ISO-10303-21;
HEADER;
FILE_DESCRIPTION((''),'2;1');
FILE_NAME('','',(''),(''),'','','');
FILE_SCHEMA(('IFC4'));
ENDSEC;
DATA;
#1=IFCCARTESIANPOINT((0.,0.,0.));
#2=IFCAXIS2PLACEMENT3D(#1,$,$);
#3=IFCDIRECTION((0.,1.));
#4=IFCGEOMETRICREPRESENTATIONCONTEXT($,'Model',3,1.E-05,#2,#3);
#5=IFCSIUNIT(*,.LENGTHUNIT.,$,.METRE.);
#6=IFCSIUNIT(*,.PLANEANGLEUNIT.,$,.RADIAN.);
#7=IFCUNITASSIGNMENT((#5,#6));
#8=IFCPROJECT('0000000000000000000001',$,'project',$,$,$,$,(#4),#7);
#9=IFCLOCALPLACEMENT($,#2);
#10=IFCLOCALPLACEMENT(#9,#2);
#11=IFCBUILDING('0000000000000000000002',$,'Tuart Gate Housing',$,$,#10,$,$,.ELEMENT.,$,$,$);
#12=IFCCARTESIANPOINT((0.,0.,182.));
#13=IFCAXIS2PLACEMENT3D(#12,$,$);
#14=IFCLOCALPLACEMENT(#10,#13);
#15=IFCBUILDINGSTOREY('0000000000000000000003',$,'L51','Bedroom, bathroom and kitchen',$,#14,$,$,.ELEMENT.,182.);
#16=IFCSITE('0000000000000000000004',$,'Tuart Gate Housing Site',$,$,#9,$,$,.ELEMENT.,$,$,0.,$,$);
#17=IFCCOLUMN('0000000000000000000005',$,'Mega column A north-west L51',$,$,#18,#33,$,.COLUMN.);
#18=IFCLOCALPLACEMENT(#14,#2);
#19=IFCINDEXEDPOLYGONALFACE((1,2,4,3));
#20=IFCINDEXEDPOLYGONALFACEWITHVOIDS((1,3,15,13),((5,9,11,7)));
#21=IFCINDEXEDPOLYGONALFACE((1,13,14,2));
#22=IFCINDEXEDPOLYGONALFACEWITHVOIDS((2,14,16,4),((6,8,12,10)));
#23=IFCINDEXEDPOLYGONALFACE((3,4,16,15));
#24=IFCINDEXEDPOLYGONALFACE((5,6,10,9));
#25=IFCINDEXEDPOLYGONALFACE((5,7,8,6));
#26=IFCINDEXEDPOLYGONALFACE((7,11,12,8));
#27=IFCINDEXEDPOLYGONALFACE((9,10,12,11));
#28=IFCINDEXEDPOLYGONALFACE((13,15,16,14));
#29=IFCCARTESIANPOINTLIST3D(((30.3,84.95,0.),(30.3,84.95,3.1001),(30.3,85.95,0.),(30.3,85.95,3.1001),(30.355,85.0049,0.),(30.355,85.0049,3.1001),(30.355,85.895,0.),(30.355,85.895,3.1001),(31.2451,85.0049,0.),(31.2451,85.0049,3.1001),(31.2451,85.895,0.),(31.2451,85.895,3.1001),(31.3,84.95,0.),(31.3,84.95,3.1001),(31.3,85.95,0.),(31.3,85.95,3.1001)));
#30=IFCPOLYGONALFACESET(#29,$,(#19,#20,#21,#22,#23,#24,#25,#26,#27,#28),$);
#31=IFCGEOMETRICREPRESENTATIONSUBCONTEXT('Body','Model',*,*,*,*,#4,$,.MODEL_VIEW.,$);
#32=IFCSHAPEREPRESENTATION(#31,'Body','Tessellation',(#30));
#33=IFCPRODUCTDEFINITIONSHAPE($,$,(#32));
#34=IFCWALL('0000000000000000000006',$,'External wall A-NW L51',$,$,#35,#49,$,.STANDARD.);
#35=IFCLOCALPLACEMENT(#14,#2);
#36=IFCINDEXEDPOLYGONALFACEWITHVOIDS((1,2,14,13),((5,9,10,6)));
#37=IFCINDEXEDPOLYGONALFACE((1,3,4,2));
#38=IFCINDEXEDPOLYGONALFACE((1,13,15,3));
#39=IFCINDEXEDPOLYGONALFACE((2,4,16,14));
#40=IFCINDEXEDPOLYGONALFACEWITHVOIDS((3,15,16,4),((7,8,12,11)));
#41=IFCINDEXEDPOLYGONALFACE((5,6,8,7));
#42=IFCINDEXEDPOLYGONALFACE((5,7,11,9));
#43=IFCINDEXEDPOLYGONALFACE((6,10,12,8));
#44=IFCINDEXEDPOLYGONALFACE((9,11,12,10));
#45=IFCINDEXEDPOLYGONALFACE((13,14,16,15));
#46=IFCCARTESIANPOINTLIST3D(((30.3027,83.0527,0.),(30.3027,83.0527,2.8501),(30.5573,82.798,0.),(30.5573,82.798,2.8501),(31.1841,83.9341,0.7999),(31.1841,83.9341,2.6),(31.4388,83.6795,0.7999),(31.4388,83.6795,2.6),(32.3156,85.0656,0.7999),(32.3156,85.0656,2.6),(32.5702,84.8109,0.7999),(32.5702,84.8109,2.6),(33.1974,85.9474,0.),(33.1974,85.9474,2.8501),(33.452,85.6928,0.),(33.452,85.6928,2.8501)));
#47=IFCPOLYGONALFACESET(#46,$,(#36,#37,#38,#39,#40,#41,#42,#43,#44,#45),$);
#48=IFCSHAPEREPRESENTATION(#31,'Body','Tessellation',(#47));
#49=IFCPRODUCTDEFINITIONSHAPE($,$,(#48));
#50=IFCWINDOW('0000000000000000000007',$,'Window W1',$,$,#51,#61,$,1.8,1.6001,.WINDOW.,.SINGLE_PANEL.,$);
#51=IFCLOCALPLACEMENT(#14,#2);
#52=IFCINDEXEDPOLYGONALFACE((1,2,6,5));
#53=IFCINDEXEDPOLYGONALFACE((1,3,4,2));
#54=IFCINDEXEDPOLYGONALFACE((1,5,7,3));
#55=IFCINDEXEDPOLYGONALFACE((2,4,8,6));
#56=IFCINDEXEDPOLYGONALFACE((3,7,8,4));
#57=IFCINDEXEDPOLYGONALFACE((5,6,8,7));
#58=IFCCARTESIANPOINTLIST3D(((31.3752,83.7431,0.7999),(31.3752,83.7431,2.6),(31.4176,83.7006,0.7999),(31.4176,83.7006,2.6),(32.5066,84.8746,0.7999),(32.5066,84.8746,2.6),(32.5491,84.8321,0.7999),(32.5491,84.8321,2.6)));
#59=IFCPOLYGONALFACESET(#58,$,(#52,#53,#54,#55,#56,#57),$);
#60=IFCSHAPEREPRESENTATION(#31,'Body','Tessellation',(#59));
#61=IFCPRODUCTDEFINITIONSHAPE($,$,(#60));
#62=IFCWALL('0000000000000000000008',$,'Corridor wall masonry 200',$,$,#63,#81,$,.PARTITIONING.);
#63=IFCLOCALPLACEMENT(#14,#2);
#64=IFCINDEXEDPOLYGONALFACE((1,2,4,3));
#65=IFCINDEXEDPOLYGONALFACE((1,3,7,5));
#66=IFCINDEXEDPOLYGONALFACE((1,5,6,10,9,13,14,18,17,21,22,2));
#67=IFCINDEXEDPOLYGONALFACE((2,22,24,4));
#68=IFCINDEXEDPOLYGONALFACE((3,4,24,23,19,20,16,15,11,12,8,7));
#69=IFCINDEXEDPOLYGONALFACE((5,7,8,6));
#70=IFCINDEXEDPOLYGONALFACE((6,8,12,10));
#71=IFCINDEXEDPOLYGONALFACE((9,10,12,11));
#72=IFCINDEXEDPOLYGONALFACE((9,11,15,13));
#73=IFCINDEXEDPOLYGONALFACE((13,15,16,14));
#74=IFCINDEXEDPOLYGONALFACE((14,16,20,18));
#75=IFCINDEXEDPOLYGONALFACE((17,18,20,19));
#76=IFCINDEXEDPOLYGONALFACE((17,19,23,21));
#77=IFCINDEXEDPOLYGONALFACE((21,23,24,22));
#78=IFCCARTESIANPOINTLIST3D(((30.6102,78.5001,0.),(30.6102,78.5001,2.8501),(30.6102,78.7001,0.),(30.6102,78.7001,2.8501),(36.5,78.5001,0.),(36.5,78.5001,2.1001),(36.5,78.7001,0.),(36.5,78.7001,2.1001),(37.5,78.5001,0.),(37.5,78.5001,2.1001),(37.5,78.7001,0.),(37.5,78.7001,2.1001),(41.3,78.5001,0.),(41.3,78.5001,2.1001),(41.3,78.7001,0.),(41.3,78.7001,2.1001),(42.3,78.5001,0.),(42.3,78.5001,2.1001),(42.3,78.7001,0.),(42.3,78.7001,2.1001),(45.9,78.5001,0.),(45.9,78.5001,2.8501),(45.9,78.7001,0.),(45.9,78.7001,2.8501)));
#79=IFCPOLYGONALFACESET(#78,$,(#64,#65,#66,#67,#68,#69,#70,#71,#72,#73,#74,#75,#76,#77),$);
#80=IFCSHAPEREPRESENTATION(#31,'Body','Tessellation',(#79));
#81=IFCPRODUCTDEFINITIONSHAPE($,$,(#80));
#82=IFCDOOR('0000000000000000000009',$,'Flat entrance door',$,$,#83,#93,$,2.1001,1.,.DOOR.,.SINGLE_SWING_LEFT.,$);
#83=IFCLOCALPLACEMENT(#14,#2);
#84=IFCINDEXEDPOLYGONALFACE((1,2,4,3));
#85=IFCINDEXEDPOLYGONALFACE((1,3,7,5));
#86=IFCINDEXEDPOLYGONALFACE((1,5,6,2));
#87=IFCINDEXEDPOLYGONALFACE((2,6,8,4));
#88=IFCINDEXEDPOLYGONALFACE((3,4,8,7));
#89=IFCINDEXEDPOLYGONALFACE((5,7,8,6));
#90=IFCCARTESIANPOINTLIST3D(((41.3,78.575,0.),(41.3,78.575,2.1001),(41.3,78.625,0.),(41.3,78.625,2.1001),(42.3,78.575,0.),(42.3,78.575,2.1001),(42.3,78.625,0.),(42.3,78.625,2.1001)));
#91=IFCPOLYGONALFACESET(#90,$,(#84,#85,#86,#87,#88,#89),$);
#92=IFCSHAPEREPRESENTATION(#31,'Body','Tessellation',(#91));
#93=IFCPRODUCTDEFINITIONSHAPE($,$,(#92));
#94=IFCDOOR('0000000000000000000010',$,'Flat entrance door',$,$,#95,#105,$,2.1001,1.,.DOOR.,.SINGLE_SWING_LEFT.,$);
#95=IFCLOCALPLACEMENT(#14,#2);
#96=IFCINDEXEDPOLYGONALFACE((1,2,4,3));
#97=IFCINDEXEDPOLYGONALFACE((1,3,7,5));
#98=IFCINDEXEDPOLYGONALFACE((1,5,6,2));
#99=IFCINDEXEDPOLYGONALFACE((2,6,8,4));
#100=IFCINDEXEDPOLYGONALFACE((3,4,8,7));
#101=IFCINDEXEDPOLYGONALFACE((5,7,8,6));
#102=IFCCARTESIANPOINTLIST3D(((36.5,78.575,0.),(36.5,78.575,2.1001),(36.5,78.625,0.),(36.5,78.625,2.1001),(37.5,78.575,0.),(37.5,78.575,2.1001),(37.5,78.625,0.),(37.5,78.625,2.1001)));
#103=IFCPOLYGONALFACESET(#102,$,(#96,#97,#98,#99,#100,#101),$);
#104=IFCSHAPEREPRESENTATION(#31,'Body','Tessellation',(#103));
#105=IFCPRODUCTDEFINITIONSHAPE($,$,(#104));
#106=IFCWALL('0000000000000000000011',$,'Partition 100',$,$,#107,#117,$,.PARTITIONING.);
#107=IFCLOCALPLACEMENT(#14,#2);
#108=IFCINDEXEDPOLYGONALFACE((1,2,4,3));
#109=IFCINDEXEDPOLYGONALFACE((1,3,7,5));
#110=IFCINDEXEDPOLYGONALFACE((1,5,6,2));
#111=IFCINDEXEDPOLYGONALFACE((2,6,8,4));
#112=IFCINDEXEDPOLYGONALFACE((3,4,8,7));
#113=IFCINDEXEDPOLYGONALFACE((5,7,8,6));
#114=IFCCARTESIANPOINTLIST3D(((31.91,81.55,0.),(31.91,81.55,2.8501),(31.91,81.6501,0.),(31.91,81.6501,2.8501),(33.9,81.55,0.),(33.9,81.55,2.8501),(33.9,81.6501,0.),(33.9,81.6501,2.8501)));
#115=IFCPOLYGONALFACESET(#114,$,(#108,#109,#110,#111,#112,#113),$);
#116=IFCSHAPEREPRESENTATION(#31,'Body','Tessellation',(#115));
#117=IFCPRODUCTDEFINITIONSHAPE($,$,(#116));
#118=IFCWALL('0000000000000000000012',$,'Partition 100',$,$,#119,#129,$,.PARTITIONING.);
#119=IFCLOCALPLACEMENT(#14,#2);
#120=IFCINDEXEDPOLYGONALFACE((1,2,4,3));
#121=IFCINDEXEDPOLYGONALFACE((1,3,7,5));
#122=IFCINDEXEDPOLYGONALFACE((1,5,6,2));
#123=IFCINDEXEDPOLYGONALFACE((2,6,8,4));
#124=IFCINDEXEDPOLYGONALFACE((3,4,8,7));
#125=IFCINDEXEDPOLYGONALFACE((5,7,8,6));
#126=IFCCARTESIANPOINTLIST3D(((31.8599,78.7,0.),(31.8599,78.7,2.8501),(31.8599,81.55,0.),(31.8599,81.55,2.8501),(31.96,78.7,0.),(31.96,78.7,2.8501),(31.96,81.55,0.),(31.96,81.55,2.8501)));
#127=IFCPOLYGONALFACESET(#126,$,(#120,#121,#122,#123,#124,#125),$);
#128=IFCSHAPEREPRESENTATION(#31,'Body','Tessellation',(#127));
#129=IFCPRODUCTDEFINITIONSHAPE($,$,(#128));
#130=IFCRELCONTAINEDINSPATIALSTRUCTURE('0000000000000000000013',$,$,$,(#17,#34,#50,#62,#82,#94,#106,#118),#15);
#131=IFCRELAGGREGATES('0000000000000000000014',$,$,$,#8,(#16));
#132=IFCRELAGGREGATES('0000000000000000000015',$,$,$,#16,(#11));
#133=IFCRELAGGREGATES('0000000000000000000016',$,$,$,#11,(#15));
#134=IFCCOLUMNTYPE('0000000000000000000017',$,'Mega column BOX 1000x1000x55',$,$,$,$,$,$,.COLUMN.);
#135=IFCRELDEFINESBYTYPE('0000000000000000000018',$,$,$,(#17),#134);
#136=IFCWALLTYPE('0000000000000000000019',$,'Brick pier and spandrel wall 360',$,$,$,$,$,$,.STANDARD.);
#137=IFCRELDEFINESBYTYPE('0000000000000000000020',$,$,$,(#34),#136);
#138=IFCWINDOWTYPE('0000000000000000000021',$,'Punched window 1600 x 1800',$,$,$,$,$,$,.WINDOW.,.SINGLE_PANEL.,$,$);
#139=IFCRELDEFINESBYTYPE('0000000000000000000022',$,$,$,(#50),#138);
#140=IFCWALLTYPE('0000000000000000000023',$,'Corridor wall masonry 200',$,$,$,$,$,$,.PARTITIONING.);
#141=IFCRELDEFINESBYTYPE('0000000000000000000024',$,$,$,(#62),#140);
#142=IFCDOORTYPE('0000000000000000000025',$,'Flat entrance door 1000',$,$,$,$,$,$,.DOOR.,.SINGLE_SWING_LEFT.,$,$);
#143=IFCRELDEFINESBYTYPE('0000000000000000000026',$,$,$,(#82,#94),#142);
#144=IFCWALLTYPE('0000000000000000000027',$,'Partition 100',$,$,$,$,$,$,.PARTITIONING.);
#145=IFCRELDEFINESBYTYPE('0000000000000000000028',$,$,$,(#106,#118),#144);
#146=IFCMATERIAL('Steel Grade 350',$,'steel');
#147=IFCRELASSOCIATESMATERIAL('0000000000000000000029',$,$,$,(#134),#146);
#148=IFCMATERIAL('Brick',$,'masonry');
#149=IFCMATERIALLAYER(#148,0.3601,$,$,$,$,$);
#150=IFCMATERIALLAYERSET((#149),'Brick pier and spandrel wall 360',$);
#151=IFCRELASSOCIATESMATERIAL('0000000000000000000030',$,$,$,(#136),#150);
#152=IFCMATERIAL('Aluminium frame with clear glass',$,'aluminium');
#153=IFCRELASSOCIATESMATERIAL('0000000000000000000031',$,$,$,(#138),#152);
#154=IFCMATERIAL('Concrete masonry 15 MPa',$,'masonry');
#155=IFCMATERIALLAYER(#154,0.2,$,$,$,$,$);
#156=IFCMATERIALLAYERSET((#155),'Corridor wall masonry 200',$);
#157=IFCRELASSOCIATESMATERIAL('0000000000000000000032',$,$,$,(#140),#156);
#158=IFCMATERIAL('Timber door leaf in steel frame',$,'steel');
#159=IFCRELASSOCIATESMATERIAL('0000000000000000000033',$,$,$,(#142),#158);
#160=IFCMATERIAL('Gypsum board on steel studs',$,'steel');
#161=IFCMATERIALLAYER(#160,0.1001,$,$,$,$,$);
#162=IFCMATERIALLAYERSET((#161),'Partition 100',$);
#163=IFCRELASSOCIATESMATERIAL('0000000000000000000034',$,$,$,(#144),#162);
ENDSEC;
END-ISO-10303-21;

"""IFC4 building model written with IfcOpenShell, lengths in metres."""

from ifc_helpers import new_model, si_unit, direction, frame, frame_2d, origin, origin_2d, place, context, subcontext, project, spatial, rectangle, hollow_rectangle, extrude, material, layer, layer_set, material_profile, profile_set, type_object, element, fill, save


model = new_model("IFC4")

# Units and contexts
model_context = context("Model", 3, precision=1e-05, world=origin(), true_north=direction((0.0, 1.0)))
body_context = subcontext(model_context, "Body", "Model", "MODEL_VIEW")
ifc_project = project(units=[si_unit("LENGTHUNIT", "METRE"), si_unit("PLANEANGLEUNIT", "RADIAN")], contexts=[model_context])

# Site, building, storey
site_placement = place(None, origin())
site = spatial("IfcSite", under=ifc_project, at=site_placement, Name="Tuart Gate Housing Site", CompositionType="ELEMENT", RefElevation=0.0)
building_placement = place(site_placement, origin())
building = spatial("IfcBuilding", under=site, at=building_placement, Name="Tuart Gate Housing", CompositionType="ELEMENT")
storey_placement = place(building_placement, frame((0.0, 0.0, 182.0)))
storey = spatial("IfcBuildingStorey", under=building, at=storey_placement, Name="L51", Description="Bedroom, bathroom and kitchen", CompositionType="ELEMENT", Elevation=182.0)

# Column
ifc_material_1 = material(Name="Steel Grade 350", Category="steel")
ifc_material_profile = material_profile(ifc_material_1, hollow_rectangle(XDim=1.0, YDim=1.0, WallThickness=0.0549, at=origin_2d()), Name="BOX 1000x1000x55")
ifc_profile_set = profile_set([ifc_material_profile], Name="Steel Grade 350")
column_type = type_object("IfcColumnType", Name="Mega column BOX 1000x1000x55", PredefinedType="COLUMN", material=ifc_profile_set)
column_placement = place(storey_placement, frame((30.8, 85.45, 0.0), z_axis=(0.0, 0.0, 1.0), x_axis=(1.0, 0.0, 0.0)))
element("IfcColumn", 1, at=column_placement, inside=storey, type_object=column_type, Name="Mega column A north-west L51", PredefinedType="COLUMN", context=body_context, shape_type="SweptSolid", body=[
    extrude(hollow_rectangle(XDim=1.0, YDim=1.0, WallThickness=0.0549, at=origin_2d()), origin(), (0.0, 0.0, 1.0), 3.1001),
])

# Wall, opening, window
ifc_material_2 = material(Name="Brick", Category="masonry")
ifc_layer_1 = layer(ifc_material_2, 0.3601)
ifc_layer_set_1 = layer_set([ifc_layer_1], Name="Brick pier and spandrel wall 360")
wall_type_1 = type_object("IfcWallType", Name="Brick pier and spandrel wall 360", PredefinedType="STANDARD", material=ifc_layer_set_1)
wall_1_placement = place(storey_placement, frame((33.3247, 85.8201, 0.0), z_axis=(0.0, 0.0, 1.0), x_axis=(-0.707107, -0.707107, 0.0)))
wall_1 = element("IfcWall", 2, at=wall_1_placement, inside=storey, type_object=wall_type_1, Name="External wall A-NW L51", PredefinedType="STANDARD", context=body_context, shape_type="SweptSolid", body=[
    extrude(rectangle(XDim=4.0938, YDim=0.3601, at=frame_2d((2.0469, 0.0))), origin(), (0.0, 0.0, 1.0), 2.8501),
])
opening_1_placement = place(wall_1_placement, frame((1.2471, 0.0, 0.8)))
opening_1 = element("IfcOpeningElement", 3, at=opening_1_placement, cuts=wall_1, PredefinedType="OPENING", context=body_context, shape_type="SweptSolid", body=[
    extrude(rectangle(XDim=1.6001, YDim=1.8, at=frame_2d((0.8, 0.8999))), frame((0.0, 0.1899, 0.0), z_axis=(0.0, -1.0, 0.0), x_axis=(1.0, 0.0, 0.0)), (0.0, 0.0, 1.0), 0.3801),
])
ifc_material_3 = material(Name="Aluminium frame with clear glass", Category="aluminium")
window_type_1 = type_object("IfcWindowType", Name="Punched window 1600 x 1800", PartitioningType="SINGLE_PANEL", PredefinedType="WINDOW", material=ifc_material_3)
window_1_placement = place(opening_1_placement, origin())
window_1 = element("IfcWindow", 4, at=window_1_placement, inside=storey, type_object=window_type_1, Name="Window W1", OverallHeight=1.8, OverallWidth=1.6001, PartitioningType="SINGLE_PANEL", PredefinedType="WINDOW", context=body_context, shape_type="SweptSolid", body=[
    extrude(rectangle(XDim=1.6001, YDim=1.8, at=frame_2d((0.8, 0.8999))), frame((0.0, 0.1501, 0.0), z_axis=(0.0, -1.0, 0.0), x_axis=(1.0, 0.0, 0.0)), (0.0, 0.0, 1.0), 0.0601),
])
fill(opening_1, window_1)

# Wall, openings, doors
ifc_material_4 = material(Name="Concrete masonry 15 MPa", Category="masonry")
ifc_layer_2 = layer(ifc_material_4, 0.2)
ifc_layer_set_2 = layer_set([ifc_layer_2], Name="Corridor wall masonry 200")
wall_type_2 = type_object("IfcWallType", Name="Corridor wall masonry 200", PredefinedType="PARTITIONING", material=ifc_layer_set_2)
wall_2_placement = place(storey_placement, frame((30.6101, 78.6001, 0.0), z_axis=(0.0, 0.0, 1.0), x_axis=(1.0, 0.0, 0.0)))
wall_2 = element("IfcWall", 5, at=wall_2_placement, inside=storey, type_object=wall_type_2, Name="Corridor wall masonry 200", PredefinedType="PARTITIONING", context=body_context, shape_type="SweptSolid", body=[
    extrude(rectangle(XDim=15.2898, YDim=0.2, at=frame_2d((7.645, 0.0))), origin(), (0.0, 0.0, 1.0), 2.8501),
])
opening_2_placement = place(wall_2_placement, frame((10.6899, 0.0, 0.0)))
opening_2 = element("IfcOpeningElement", 6, at=opening_2_placement, cuts=wall_2, PredefinedType="OPENING", context=body_context, shape_type="SweptSolid", body=[
    extrude(rectangle(XDim=1.0, YDim=2.1001, at=frame_2d((0.5, 1.05))), frame((0.0, 0.1099, 0.0), z_axis=(0.0, -1.0, 0.0), x_axis=(1.0, 0.0, 0.0)), (0.0, 0.0, 1.0), 0.22),
])
opening_3_placement = place(wall_2_placement, frame((5.8899, 0.0, 0.0)))
opening_3 = element("IfcOpeningElement", 7, at=opening_3_placement, cuts=wall_2, PredefinedType="OPENING", context=body_context, shape_type="SweptSolid", body=[
    extrude(rectangle(XDim=1.0, YDim=2.1001, at=frame_2d((0.5, 1.05))), frame((0.0, 0.1099, 0.0), z_axis=(0.0, -1.0, 0.0), x_axis=(1.0, 0.0, 0.0)), (0.0, 0.0, 1.0), 0.22),
])
ifc_material_5 = material(Name="Timber door leaf in steel frame", Category="steel")
door_type = type_object("IfcDoorType", Name="Flat entrance door 1000", OperationType="SINGLE_SWING_LEFT", PredefinedType="DOOR", material=ifc_material_5)
door_1_placement = place(opening_2_placement, origin())
door_1 = element("IfcDoor", 8, at=door_1_placement, inside=storey, type_object=door_type, Name="Flat entrance door", OperationType="SINGLE_SWING_LEFT", OverallHeight=2.1001, OverallWidth=1.0, PredefinedType="DOOR", context=body_context, shape_type="SweptSolid", body=[
    extrude(rectangle(XDim=1.0, YDim=2.1001, at=frame_2d((0.5, 1.05))), frame((0.0, 0.0249, 0.0), z_axis=(0.0, -1.0, 0.0), x_axis=(1.0, 0.0, 0.0)), (0.0, 0.0, 1.0), 0.05),
])
fill(opening_2, door_1)
door_2_placement = place(opening_3_placement, origin())
door_2 = element("IfcDoor", 9, at=door_2_placement, inside=storey, type_object=door_type, Name="Flat entrance door", OperationType="SINGLE_SWING_LEFT", OverallHeight=2.1001, OverallWidth=1.0, PredefinedType="DOOR", context=body_context, shape_type="SweptSolid", body=[
    extrude(rectangle(XDim=1.0, YDim=2.1001, at=frame_2d((0.5, 1.05))), frame((0.0, 0.0249, 0.0), z_axis=(0.0, -1.0, 0.0), x_axis=(1.0, 0.0, 0.0)), (0.0, 0.0, 1.0), 0.05),
])
fill(opening_3, door_2)

# Walls
ifc_material_6 = material(Name="Gypsum board on steel studs", Category="steel")
ifc_layer_3 = layer(ifc_material_6, 0.1001)
ifc_layer_set_3 = layer_set([ifc_layer_3], Name="Partition 100")
wall_type_3 = type_object("IfcWallType", Name="Partition 100", PredefinedType="PARTITIONING", material=ifc_layer_set_3)
wall_3_placement = place(storey_placement, frame((31.9099, 81.6001, 0.0), z_axis=(0.0, 0.0, 1.0), x_axis=(1.0, 0.0, 0.0)))
element("IfcWall", 10, at=wall_3_placement, inside=storey, type_object=wall_type_3, Name="Partition 100", PredefinedType="PARTITIONING", context=body_context, shape_type="SweptSolid", body=[
    extrude(rectangle(XDim=1.99, YDim=0.1001, at=frame_2d((0.9951, 0.0))), origin(), (0.0, 0.0, 1.0), 2.8501),
])
wall_4_placement = place(storey_placement, frame((31.9099, 78.7, 0.0), z_axis=(0.0, 0.0, 1.0), x_axis=(0.0, 1.0, 0.0)))
element("IfcWall", 11, at=wall_4_placement, inside=storey, type_object=wall_type_3, Name="Partition 100", PredefinedType="PARTITIONING", context=body_context, shape_type="SweptSolid", body=[
    extrude(rectangle(XDim=2.8501, YDim=0.1001, at=frame_2d((1.425, 0.0))), origin(), (0.0, 0.0, 1.0), 2.8501),
])

save(model, "model.ifc")
